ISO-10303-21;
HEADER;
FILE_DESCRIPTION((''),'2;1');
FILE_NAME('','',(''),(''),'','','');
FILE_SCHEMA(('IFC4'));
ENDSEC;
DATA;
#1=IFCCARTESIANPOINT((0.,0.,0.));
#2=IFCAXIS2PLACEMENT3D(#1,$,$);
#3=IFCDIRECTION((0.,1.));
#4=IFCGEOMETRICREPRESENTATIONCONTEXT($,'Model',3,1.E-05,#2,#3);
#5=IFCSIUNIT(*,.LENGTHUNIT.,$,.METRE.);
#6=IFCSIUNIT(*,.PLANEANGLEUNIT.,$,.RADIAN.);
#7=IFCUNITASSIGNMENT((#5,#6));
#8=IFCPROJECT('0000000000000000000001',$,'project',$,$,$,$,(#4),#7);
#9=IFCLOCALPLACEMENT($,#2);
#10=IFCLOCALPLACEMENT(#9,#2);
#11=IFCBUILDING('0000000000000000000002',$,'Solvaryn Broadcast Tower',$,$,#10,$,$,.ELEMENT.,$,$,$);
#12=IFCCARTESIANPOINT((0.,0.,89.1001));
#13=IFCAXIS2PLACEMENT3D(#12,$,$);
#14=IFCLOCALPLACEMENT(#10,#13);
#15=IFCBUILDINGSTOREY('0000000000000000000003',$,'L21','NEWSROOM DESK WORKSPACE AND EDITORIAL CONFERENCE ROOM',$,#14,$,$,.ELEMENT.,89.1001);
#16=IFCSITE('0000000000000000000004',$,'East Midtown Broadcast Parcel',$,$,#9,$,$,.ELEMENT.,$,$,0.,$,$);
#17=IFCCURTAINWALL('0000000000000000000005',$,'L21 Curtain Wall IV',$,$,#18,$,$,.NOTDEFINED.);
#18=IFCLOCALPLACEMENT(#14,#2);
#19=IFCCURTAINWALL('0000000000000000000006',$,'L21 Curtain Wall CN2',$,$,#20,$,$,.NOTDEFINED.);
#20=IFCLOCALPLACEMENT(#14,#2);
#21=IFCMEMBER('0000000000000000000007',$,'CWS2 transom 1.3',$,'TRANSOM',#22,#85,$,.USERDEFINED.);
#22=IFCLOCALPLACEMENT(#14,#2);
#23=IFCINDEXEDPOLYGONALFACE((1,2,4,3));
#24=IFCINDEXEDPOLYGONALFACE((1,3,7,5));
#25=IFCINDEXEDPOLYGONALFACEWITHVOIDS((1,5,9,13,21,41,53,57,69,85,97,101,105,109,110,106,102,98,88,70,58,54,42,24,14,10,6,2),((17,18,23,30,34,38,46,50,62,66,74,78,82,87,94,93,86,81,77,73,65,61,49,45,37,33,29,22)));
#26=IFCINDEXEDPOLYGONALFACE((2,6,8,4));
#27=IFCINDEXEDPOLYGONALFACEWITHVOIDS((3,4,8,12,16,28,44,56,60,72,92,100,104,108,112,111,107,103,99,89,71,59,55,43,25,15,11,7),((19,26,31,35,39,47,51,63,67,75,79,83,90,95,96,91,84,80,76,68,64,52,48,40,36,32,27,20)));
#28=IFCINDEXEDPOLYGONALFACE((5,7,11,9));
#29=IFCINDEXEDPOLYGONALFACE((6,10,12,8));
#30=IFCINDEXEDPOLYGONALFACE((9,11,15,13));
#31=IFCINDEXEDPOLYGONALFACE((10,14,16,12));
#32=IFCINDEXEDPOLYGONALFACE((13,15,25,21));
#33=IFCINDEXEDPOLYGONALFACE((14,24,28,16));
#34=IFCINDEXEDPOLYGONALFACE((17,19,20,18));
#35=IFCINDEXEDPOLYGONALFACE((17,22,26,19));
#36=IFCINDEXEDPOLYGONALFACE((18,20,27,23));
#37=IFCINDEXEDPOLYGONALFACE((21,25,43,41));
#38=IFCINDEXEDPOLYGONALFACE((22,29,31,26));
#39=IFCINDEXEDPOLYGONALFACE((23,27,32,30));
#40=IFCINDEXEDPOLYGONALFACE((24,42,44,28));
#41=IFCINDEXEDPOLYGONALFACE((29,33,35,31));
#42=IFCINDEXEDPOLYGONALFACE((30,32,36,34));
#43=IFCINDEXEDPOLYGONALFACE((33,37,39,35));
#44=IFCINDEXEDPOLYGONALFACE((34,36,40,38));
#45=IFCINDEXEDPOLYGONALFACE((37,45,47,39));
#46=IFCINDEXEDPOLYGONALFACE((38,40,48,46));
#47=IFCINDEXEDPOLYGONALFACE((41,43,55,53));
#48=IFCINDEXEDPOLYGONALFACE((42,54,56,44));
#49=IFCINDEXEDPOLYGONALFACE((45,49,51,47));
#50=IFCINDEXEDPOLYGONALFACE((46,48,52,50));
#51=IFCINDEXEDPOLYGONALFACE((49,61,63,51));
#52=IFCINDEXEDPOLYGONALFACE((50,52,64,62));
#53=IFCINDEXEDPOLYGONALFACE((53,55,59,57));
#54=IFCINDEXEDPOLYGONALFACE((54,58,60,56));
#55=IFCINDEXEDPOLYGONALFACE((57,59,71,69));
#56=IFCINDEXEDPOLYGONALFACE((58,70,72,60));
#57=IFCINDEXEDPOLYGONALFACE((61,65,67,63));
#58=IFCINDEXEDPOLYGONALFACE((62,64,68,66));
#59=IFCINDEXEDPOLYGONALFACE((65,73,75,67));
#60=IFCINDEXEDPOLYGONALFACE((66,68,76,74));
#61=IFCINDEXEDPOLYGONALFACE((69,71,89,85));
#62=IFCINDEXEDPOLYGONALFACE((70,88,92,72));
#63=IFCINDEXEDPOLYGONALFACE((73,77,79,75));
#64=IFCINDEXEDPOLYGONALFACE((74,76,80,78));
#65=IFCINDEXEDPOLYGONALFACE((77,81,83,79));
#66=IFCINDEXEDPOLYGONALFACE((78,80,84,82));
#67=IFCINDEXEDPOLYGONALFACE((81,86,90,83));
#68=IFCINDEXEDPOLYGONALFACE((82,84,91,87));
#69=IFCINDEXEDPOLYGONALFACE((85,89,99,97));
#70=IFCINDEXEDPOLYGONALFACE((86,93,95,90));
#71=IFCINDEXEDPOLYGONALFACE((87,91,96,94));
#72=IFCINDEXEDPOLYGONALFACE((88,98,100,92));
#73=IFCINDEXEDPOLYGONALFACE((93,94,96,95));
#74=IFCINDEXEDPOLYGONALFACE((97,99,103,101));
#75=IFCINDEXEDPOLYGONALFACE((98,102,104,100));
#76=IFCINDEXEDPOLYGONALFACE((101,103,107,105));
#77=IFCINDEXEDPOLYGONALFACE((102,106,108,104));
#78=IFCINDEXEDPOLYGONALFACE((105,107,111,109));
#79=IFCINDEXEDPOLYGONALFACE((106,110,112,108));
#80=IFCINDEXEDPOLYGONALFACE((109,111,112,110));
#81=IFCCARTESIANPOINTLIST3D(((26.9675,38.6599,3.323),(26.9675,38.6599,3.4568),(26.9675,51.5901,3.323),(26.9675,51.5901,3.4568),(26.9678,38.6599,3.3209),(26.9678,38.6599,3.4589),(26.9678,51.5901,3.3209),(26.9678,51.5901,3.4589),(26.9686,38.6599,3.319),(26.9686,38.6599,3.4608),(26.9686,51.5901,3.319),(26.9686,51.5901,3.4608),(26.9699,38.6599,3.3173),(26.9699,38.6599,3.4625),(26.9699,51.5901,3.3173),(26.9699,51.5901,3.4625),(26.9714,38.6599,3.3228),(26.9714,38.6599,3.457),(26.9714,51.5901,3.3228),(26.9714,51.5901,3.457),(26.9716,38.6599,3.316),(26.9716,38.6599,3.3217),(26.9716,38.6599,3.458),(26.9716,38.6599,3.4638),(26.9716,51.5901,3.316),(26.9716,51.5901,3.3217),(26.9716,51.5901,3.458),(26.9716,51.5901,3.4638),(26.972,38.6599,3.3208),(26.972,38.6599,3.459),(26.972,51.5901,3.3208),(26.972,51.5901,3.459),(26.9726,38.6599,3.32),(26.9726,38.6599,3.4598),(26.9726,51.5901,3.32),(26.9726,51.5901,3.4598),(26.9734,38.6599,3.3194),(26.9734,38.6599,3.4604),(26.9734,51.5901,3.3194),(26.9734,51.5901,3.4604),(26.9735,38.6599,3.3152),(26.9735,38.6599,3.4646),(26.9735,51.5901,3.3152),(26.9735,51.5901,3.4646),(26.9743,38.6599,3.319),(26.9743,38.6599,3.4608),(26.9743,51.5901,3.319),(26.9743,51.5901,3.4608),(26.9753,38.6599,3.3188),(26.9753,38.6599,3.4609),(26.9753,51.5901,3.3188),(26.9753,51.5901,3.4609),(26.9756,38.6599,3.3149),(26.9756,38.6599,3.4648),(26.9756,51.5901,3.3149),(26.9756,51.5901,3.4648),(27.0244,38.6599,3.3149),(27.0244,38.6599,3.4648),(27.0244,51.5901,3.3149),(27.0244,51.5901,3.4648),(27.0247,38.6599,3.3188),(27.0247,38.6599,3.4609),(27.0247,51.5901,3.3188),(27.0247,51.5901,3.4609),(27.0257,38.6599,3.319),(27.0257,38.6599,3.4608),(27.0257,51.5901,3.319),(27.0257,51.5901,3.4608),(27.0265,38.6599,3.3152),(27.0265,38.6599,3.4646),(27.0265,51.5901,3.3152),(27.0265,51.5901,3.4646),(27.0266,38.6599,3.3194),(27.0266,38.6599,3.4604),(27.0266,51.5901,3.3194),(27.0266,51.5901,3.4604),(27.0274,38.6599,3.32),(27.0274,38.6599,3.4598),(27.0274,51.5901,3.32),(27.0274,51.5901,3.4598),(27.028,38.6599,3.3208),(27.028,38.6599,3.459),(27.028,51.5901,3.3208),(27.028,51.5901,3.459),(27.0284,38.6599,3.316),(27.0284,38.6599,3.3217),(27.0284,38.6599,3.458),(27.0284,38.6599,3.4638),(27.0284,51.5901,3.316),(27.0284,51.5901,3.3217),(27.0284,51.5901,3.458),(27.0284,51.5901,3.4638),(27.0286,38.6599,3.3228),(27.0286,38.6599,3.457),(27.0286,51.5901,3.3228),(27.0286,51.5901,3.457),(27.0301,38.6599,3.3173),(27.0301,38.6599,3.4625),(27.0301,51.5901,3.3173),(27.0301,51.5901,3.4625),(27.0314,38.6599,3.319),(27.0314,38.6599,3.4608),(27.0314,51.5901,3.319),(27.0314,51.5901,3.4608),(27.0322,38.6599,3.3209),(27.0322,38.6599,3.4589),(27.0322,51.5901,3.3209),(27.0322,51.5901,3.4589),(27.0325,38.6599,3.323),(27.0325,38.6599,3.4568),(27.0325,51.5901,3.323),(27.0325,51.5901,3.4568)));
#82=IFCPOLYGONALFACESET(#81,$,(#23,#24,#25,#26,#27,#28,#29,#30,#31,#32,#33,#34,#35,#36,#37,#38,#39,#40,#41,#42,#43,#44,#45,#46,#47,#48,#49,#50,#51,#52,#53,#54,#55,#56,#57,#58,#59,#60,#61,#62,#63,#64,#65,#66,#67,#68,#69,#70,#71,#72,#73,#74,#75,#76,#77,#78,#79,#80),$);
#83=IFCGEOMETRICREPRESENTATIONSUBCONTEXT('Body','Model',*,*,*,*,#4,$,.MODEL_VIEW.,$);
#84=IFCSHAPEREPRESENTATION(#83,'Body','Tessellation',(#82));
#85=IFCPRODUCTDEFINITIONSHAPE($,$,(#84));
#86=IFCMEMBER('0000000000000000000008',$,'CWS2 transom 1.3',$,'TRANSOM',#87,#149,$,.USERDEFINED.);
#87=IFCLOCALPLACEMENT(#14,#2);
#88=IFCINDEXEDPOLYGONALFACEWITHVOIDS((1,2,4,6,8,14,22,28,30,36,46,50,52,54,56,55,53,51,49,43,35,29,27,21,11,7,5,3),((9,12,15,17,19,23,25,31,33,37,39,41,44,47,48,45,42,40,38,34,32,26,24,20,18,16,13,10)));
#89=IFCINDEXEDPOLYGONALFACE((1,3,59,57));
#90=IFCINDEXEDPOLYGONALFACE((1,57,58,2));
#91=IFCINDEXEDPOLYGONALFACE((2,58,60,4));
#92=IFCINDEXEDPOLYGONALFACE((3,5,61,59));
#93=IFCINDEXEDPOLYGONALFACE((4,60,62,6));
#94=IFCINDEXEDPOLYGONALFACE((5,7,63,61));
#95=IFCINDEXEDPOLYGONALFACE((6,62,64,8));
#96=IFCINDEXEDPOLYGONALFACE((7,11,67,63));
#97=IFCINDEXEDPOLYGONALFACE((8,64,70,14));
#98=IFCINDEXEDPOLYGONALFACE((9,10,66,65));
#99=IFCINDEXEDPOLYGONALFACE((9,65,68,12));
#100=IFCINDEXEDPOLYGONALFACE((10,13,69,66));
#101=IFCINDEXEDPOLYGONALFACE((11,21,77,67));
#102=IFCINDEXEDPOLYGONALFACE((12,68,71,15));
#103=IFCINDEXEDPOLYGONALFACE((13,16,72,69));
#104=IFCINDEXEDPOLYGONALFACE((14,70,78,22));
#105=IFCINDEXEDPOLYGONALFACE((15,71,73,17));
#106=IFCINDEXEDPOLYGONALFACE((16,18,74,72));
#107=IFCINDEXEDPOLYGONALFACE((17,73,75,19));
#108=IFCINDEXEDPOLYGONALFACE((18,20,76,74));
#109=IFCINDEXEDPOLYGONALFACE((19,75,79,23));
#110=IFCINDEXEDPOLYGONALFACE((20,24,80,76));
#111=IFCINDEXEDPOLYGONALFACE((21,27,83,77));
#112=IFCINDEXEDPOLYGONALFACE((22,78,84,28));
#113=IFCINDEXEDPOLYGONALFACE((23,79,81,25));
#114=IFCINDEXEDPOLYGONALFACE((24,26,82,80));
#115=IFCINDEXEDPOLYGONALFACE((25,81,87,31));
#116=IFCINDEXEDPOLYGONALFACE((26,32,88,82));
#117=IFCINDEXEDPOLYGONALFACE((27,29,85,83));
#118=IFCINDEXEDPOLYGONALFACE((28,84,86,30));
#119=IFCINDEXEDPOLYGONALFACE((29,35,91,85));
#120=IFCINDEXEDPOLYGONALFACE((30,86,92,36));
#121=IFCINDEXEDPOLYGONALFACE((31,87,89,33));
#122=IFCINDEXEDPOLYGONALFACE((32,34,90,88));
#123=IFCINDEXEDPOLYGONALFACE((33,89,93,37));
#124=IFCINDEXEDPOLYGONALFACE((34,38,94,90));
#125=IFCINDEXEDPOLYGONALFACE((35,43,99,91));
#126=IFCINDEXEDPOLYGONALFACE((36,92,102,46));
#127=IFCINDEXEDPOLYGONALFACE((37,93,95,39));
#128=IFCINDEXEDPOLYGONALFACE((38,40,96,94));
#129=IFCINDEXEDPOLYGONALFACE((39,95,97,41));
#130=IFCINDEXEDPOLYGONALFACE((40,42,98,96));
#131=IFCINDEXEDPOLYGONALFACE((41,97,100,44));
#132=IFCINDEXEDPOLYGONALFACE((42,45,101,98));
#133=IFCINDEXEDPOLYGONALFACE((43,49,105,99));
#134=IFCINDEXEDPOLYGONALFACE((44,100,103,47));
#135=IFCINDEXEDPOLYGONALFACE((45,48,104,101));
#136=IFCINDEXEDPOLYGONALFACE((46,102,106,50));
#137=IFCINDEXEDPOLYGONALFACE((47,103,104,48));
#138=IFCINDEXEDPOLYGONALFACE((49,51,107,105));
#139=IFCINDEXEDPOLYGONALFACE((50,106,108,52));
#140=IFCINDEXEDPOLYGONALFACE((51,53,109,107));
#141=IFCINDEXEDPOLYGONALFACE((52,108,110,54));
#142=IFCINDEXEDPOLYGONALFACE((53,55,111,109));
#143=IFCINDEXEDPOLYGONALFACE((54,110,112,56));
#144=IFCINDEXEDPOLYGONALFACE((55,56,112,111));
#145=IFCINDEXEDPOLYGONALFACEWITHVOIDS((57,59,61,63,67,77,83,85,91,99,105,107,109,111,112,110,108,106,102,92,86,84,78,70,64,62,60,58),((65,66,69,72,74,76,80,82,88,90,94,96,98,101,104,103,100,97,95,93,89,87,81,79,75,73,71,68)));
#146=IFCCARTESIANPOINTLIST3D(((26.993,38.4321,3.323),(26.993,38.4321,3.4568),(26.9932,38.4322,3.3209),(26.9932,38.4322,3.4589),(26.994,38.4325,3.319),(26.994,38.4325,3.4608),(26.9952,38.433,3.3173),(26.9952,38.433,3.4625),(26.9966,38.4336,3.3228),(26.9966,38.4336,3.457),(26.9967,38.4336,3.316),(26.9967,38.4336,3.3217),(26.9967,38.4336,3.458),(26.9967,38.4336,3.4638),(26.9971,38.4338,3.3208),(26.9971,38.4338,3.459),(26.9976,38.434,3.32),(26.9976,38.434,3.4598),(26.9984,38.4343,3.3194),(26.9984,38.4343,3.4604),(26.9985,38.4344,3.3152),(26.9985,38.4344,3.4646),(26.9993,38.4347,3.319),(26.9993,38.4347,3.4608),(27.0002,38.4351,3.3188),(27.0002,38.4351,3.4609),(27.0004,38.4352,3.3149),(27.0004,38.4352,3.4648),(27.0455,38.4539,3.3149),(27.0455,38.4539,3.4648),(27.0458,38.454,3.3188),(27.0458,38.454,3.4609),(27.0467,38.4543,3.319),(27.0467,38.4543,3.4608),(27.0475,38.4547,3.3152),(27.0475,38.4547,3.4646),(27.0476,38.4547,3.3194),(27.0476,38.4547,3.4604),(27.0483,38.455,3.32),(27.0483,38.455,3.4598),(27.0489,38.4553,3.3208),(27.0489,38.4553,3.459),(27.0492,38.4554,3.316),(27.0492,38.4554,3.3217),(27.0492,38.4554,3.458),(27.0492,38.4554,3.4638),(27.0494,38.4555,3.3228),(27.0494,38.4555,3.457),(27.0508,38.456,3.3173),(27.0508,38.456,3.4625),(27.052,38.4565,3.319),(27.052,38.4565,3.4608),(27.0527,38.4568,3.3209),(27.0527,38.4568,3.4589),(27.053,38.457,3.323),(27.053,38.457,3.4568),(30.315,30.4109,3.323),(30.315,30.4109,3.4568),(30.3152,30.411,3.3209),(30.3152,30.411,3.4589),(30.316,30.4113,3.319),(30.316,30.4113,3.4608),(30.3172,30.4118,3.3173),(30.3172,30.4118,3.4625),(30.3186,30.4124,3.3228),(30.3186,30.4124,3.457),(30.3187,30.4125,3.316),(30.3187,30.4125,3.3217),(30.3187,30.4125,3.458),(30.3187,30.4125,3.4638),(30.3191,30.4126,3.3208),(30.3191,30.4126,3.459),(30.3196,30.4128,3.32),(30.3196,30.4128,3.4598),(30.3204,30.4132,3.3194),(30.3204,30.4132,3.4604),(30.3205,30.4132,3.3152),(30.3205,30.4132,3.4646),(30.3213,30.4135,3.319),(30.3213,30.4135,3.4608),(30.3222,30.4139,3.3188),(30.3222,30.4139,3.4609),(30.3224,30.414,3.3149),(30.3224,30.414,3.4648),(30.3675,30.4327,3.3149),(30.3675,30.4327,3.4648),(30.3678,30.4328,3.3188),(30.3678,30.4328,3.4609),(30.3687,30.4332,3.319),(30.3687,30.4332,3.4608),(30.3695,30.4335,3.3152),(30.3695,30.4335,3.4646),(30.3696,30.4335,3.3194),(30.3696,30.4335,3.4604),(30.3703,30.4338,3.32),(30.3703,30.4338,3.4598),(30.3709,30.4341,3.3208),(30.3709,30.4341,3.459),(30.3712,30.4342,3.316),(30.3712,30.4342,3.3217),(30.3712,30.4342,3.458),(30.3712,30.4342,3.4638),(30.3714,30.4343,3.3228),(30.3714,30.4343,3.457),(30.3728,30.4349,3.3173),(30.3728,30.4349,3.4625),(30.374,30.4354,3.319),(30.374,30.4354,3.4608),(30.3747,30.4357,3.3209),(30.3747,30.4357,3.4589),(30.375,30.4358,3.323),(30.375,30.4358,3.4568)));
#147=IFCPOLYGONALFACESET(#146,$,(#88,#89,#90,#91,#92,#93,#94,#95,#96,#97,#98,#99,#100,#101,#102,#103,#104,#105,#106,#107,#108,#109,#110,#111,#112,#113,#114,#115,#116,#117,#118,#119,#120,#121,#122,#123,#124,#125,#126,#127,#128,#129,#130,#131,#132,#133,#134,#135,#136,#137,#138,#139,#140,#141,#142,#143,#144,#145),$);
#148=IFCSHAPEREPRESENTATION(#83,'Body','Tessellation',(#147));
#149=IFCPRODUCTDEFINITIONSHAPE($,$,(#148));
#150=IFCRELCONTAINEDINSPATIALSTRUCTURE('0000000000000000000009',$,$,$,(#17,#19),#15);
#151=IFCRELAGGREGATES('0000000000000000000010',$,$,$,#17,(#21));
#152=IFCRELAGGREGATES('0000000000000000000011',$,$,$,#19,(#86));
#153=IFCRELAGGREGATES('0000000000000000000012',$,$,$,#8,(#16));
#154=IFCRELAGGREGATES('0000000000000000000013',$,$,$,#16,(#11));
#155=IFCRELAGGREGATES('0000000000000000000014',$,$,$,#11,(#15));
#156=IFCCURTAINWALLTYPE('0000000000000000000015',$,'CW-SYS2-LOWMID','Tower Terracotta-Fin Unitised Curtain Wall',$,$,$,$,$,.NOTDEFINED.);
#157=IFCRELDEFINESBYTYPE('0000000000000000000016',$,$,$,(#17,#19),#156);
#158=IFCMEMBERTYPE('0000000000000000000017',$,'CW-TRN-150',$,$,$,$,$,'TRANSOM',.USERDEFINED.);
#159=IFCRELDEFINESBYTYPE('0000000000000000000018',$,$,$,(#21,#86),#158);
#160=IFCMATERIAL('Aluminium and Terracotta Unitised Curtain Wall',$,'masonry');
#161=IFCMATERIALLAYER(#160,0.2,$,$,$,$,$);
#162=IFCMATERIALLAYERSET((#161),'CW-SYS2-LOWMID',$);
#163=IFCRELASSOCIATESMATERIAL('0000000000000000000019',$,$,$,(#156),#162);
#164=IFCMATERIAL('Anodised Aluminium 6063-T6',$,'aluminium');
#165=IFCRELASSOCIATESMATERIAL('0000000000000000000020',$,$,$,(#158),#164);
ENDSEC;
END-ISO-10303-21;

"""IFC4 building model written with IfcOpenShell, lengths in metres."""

from ifc_helpers import new_model, si_unit, direction, frame, origin, origin_2d, place, context, subcontext, project, spatial, hollow_rectangle, extrude, material, layer, layer_set, material_profile, profile_set, type_object, element, aggregate, save


model = new_model("IFC4")

# Units and contexts
model_context = context("Model", 3, precision=1e-05, world=origin(), true_north=direction((0.0, 1.0)))
body_context = subcontext(model_context, "Body", "Model", "MODEL_VIEW")
ifc_project = project(units=[si_unit("LENGTHUNIT", "METRE"), si_unit("PLANEANGLEUNIT", "RADIAN")], contexts=[model_context])

# Site, building, storey
site_placement = place(None, origin())
site = spatial("IfcSite", under=ifc_project, at=site_placement, Name="East Midtown Broadcast Parcel", CompositionType="ELEMENT", RefElevation=0.0)
building_placement = place(site_placement, origin())
building = spatial("IfcBuilding", under=site, at=building_placement, Name="Solvaryn Broadcast Tower", CompositionType="ELEMENT")
storey_placement = place(building_placement, frame((0.0, 0.0, 89.1001)))
storey = spatial("IfcBuildingStorey", under=building, at=storey_placement, Name="L21", Description="NEWSROOM DESK WORKSPACE AND EDITORIAL CONFERENCE ROOM", CompositionType="ELEMENT", Elevation=89.1001)

# Curtain wall
ifc_material_1 = material(Name="Aluminium and Terracotta Unitised Curtain Wall", Category="masonry")
ifc_layer_1 = layer(ifc_material_1, 0.2)
ifc_layer_set_1 = layer_set([ifc_layer_1], Name="CW-SYS2-LOWMID")
curtain_wall_type = type_object("IfcCurtainWallType", Name="CW-SYS2-LOWMID", Description="Tower Terracotta-Fin Unitised Curtain Wall", PredefinedType="NOTDEFINED", material=ifc_layer_set_1)
curtain_wall_1_placement = place(storey_placement, origin())
curtain_wall_1 = element("IfcCurtainWall", 1, at=curtain_wall_1_placement, inside=storey, type_object=curtain_wall_type, Name="L21 Curtain Wall IV", PredefinedType="NOTDEFINED")

# Curtain wall
curtain_wall_2_placement = place(storey_placement, origin())
curtain_wall_2 = element("IfcCurtainWall", 2, at=curtain_wall_2_placement, inside=storey, type_object=curtain_wall_type, Name="L21 Curtain Wall CN2", PredefinedType="NOTDEFINED")

# Members
ifc_material_2 = material(Name="Anodised Aluminium 6063-T6", Category="aluminium")
ifc_material_profile_1 = material_profile(ifc_material_2, hollow_rectangle(XDim=0.0649, YDim=0.1499, WallThickness=0.0039, InnerFilletRadius=0.0039, OuterFilletRadius=0.0081, at=origin_2d()))
ifc_profile_set_1 = profile_set([ifc_material_profile_1], Name="Anodised Aluminium 6063-T6")
member_type_1 = type_object("IfcMemberType", Name="CW-TRN-150", ElementType="TRANSOM", PredefinedType="USERDEFINED", material=ifc_profile_set_1)
member_1_placement = place(storey_placement, frame((27.0, 51.5901, 3.3899), z_axis=(0.0, -1.0, 0.0), x_axis=(1.0, 0.0, 0.0)))
member_1 = element("IfcMember", 3, at=member_1_placement, type_object=member_type_1, Name="CWS2 transom 1.3", ObjectType="TRANSOM", PredefinedType="USERDEFINED", context=body_context, shape_type="SweptSolid", body=[
    extrude(hollow_rectangle(XDim=0.0649, YDim=0.1499, WallThickness=0.0039, InnerFilletRadius=0.0039, OuterFilletRadius=0.0081, at=origin_2d()), origin(), (0.0, 0.0, 1.0), 12.9302),
])
member_2_placement = place(storey_placement, frame((30.345, 30.4233, 3.3899), z_axis=(-0.382636, 0.923899, 0.0), x_axis=(-0.923899, -0.382636, 0.0)))
member_2 = element("IfcMember", 4, at=member_2_placement, type_object=member_type_1, Name="CWS2 transom 1.3", ObjectType="TRANSOM", PredefinedType="USERDEFINED", context=body_context, shape_type="SweptSolid", body=[
    extrude(hollow_rectangle(XDim=0.0649, YDim=0.1499, WallThickness=0.0039, InnerFilletRadius=0.0039, OuterFilletRadius=0.0081, at=origin_2d()), origin(), (0.0, 0.0, 1.0), 8.6819),
])

aggregate(curtain_wall_1, [member_1])
aggregate(curtain_wall_2, [member_2])

save(model, "model.ifc")
